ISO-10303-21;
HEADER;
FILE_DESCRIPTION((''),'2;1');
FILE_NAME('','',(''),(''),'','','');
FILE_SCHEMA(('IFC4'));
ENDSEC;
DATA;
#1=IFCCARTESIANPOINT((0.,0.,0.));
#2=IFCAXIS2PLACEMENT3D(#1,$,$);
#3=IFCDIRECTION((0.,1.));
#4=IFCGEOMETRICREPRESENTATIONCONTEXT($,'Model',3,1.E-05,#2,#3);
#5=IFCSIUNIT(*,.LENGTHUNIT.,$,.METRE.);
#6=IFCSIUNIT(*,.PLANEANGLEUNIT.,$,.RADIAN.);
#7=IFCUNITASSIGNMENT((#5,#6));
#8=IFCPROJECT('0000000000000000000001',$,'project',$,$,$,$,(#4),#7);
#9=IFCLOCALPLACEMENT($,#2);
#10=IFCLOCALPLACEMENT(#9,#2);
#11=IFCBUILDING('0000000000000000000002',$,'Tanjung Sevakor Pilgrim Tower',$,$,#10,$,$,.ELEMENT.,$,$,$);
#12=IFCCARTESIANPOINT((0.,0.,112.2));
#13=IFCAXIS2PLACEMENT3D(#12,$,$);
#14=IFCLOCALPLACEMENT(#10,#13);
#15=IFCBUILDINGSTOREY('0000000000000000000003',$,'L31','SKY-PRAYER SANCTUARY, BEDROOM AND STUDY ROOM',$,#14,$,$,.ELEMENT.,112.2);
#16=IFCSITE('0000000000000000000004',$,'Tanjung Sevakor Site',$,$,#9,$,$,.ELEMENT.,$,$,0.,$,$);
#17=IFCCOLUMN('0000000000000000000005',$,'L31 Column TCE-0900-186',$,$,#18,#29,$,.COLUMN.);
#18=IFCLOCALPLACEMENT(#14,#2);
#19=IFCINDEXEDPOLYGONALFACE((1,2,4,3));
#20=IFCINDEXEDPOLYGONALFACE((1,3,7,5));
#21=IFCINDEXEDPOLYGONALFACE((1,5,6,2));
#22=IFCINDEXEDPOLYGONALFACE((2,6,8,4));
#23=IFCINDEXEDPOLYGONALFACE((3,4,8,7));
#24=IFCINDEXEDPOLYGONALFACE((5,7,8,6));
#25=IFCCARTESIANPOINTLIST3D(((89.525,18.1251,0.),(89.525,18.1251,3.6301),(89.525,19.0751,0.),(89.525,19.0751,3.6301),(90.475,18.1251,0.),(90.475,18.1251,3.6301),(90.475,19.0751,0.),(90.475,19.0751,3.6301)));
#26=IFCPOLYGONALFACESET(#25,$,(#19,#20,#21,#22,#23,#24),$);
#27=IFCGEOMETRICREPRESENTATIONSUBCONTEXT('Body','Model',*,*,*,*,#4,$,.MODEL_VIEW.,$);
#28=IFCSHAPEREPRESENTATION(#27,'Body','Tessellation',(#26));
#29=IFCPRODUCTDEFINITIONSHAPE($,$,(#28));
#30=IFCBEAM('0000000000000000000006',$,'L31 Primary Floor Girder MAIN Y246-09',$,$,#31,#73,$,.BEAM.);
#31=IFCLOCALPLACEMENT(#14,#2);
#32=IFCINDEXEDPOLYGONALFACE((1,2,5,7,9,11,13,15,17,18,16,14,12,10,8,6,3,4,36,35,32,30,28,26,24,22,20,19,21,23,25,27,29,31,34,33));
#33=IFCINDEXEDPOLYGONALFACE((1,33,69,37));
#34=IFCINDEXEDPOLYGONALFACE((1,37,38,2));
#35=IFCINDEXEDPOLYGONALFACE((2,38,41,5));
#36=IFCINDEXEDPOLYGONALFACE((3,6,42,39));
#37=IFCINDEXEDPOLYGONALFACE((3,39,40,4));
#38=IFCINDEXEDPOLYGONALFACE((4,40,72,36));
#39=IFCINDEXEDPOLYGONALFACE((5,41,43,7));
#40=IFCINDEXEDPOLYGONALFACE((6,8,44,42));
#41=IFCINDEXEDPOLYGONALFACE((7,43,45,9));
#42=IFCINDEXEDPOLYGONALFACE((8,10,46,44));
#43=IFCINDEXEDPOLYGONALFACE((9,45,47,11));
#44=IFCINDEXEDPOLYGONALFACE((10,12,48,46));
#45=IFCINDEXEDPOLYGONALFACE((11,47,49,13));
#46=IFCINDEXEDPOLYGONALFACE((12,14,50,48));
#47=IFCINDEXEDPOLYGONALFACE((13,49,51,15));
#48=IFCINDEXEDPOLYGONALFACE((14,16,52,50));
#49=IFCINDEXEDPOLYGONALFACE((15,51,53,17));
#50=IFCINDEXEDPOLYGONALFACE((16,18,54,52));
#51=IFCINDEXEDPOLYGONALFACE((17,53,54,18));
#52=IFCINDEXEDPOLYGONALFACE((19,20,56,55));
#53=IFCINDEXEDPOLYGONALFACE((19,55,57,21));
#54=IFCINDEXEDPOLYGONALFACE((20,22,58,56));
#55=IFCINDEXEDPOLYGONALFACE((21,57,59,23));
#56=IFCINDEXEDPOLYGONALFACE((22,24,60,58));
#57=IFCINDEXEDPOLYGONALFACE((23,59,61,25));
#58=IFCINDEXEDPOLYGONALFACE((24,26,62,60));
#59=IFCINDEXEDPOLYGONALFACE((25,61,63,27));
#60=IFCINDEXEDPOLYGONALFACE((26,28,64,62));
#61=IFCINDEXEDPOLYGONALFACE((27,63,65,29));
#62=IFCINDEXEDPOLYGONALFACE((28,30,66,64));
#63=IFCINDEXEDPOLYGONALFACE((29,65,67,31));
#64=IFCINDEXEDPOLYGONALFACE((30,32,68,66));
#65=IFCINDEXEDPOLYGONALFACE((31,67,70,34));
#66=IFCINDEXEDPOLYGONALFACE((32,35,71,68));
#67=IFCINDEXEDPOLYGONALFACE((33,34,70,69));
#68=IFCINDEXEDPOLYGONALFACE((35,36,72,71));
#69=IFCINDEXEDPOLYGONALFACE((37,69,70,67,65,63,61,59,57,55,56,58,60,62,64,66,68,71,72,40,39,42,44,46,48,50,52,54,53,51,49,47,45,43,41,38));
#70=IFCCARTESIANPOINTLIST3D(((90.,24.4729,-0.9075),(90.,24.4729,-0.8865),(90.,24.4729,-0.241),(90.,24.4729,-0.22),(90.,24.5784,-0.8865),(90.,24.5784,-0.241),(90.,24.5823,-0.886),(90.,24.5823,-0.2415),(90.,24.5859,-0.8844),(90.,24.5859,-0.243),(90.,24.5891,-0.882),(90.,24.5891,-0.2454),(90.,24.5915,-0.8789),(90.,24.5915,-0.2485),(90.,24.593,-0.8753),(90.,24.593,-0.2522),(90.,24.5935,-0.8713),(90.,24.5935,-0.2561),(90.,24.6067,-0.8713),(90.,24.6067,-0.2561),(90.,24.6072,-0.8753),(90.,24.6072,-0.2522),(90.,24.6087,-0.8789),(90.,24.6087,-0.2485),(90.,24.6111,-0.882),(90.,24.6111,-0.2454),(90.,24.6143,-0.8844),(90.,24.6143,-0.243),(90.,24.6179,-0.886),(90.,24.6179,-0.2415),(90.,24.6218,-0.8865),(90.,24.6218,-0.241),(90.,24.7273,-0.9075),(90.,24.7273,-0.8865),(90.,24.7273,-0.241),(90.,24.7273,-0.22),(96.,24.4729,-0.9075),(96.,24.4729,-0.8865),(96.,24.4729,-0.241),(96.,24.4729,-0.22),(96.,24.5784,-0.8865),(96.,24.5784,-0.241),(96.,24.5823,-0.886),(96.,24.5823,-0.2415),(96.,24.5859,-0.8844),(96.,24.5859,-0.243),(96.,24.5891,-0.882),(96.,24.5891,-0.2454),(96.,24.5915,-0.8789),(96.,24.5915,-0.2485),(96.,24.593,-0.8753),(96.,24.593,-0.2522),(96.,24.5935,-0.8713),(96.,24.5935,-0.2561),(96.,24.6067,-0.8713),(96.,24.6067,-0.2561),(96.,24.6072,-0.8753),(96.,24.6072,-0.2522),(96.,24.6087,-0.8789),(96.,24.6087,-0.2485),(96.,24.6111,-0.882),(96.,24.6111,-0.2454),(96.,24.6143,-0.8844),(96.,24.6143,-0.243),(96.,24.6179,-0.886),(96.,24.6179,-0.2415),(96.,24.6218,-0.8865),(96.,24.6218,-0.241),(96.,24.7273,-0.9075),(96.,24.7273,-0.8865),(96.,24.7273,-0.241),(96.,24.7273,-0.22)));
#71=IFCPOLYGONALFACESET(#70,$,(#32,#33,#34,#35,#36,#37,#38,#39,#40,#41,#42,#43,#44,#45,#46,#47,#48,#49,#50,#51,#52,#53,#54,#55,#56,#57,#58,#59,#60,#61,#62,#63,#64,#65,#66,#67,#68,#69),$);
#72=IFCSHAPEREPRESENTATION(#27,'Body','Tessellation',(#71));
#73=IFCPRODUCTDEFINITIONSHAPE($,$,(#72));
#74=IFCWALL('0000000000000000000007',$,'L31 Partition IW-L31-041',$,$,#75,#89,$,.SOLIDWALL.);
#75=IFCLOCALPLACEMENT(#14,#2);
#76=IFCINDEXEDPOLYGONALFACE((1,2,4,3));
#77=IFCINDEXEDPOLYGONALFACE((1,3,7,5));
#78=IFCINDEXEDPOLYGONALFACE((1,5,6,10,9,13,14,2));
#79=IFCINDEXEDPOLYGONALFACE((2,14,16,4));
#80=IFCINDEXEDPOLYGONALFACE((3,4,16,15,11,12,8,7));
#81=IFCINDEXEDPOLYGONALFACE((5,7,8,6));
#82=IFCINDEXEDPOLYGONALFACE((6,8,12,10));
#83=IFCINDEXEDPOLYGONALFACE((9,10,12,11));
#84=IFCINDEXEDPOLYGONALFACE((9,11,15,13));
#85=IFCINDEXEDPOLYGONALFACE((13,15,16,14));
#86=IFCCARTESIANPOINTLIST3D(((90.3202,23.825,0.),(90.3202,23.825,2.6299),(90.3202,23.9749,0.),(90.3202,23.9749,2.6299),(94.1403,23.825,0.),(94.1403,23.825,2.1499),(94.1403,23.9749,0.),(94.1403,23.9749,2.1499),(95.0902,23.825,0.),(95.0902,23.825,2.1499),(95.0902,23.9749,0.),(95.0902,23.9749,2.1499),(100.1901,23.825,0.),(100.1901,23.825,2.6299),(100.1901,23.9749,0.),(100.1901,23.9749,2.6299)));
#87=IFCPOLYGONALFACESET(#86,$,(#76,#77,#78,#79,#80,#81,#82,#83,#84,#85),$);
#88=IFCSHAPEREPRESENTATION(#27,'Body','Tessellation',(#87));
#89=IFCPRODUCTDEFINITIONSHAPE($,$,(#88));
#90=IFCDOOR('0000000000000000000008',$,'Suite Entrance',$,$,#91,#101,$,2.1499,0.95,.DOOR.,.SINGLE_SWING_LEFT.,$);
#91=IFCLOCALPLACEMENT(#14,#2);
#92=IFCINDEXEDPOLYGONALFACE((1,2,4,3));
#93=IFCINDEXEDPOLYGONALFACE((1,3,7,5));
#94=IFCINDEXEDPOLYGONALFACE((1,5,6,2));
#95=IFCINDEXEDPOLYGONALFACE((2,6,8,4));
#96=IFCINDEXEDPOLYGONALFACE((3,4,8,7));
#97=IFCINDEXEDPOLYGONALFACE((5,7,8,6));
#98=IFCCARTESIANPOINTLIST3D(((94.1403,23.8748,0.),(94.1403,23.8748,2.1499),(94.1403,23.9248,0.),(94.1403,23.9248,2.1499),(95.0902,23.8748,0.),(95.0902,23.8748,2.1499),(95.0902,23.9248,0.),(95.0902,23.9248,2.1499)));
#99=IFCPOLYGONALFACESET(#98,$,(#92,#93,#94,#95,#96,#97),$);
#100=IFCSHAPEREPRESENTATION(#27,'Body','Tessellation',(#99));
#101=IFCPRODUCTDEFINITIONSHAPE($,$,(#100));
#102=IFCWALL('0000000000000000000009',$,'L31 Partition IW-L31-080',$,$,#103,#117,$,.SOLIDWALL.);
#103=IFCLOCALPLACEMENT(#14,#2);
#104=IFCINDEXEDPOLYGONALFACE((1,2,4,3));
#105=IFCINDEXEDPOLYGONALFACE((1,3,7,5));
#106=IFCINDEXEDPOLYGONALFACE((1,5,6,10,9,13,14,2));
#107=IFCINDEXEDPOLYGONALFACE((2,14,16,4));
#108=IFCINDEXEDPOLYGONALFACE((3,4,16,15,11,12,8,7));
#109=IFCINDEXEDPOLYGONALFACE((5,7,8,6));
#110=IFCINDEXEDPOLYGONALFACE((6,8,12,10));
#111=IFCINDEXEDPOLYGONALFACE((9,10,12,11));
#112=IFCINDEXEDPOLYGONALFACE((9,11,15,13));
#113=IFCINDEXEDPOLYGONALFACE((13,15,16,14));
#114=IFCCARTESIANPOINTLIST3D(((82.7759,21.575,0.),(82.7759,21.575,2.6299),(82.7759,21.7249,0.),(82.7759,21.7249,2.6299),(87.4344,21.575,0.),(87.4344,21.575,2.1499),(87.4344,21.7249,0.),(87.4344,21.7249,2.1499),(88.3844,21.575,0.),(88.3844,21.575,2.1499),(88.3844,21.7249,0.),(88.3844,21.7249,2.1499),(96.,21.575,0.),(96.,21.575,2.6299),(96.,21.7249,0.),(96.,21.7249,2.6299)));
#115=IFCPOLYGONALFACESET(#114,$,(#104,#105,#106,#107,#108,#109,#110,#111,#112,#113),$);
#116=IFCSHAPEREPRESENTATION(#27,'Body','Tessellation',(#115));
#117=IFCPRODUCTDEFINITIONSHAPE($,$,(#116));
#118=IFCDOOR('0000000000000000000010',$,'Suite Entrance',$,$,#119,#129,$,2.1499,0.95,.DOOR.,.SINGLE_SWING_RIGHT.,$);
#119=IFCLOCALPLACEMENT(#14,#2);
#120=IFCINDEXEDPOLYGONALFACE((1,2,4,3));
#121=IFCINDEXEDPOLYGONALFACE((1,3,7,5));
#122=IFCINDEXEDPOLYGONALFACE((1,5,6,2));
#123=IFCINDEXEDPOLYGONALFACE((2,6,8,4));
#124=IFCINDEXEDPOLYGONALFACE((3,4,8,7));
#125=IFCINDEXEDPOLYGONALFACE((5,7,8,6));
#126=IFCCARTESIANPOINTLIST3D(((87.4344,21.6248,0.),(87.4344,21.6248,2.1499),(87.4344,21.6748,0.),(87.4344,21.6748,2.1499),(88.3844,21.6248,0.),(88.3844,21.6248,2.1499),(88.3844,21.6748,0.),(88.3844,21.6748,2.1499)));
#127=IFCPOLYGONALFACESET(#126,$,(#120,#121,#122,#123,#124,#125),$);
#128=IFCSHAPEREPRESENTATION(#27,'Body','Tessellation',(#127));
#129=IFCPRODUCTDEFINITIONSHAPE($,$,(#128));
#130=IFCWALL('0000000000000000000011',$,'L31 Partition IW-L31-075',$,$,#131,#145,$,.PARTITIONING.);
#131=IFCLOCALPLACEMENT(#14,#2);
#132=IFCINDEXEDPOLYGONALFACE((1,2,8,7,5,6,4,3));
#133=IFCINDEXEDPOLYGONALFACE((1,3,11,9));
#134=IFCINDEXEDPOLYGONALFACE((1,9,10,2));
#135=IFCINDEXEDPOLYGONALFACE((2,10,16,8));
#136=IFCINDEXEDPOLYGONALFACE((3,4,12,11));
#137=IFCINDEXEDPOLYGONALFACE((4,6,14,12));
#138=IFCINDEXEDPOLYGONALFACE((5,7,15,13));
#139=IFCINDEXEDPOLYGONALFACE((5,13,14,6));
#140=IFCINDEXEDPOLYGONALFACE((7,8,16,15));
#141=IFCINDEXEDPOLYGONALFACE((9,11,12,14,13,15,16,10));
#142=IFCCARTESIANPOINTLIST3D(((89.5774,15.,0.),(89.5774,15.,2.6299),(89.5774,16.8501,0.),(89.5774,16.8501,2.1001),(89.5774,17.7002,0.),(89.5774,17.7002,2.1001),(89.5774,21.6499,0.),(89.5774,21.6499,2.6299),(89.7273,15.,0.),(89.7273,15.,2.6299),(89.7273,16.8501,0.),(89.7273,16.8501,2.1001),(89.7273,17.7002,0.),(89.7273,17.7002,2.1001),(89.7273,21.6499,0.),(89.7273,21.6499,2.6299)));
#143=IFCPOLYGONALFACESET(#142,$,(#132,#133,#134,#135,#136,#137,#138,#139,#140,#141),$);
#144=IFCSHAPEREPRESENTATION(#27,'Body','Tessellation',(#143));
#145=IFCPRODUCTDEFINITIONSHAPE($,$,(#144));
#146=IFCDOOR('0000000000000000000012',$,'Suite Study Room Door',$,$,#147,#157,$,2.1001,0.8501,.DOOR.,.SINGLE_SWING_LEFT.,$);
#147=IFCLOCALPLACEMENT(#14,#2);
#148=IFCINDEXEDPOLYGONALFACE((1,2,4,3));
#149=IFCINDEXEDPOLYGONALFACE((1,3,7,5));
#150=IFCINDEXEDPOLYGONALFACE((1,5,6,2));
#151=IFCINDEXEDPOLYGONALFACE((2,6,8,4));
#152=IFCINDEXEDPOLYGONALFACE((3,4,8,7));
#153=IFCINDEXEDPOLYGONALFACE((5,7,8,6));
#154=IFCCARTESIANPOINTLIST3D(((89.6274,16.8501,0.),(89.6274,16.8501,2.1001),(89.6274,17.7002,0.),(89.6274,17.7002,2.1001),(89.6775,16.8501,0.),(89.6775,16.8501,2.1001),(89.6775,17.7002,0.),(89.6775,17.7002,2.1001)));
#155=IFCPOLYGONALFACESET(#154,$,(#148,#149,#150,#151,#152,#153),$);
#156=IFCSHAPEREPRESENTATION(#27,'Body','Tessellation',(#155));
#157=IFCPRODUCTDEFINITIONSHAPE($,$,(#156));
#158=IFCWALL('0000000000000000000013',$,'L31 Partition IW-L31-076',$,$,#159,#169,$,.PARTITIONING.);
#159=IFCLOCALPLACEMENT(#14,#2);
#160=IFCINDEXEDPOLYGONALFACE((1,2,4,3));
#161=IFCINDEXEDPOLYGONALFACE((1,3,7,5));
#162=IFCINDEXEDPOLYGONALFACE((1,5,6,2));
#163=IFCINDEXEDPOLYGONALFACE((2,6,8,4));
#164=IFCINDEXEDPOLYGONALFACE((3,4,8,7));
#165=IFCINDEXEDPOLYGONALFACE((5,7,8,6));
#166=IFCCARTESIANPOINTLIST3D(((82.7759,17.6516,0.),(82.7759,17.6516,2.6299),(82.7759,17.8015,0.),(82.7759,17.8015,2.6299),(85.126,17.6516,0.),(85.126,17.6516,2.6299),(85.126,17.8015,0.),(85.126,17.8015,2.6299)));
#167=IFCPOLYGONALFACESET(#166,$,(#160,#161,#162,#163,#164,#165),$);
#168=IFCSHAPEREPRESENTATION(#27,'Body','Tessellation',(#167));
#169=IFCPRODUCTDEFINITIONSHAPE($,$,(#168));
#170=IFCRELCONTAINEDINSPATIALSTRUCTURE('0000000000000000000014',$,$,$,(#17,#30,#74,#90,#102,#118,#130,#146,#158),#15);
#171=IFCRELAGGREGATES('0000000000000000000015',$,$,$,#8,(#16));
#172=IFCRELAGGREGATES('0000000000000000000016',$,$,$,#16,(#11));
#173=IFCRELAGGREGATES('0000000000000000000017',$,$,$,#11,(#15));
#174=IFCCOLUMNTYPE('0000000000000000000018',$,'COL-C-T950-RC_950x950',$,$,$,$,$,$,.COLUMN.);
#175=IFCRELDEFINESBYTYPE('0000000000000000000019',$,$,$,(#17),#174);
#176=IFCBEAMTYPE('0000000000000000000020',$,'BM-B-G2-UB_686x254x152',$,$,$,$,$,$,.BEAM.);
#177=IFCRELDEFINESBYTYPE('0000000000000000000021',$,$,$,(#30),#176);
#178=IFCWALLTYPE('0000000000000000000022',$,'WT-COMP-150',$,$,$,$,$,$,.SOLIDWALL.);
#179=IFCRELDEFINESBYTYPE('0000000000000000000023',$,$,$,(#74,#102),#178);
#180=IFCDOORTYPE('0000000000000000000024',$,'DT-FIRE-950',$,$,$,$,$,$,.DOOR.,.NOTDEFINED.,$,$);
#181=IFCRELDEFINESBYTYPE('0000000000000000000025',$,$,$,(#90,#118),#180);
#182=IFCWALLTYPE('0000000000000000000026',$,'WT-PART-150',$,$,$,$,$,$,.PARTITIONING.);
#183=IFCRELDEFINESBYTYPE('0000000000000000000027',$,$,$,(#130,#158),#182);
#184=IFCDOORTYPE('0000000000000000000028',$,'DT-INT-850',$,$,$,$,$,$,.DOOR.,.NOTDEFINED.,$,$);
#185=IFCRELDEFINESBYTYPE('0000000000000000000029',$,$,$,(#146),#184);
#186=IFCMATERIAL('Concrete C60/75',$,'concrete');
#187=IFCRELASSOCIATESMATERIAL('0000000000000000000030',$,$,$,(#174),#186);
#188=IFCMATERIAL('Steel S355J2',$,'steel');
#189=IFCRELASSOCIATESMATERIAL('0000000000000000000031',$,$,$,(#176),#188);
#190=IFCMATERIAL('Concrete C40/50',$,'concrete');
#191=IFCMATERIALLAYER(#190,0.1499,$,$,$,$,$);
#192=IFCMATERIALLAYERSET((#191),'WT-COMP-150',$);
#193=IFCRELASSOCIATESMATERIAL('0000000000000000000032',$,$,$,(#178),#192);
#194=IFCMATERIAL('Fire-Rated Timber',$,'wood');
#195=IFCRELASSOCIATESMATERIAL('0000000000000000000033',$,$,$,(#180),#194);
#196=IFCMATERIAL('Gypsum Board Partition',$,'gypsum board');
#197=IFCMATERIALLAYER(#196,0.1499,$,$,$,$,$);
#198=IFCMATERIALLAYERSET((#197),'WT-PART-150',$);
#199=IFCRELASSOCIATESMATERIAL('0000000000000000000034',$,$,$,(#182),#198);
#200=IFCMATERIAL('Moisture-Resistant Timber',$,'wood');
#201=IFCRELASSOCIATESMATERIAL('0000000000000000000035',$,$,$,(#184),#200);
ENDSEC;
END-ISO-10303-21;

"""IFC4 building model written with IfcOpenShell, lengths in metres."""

from ifc_helpers import new_model, si_unit, direction, frame, frame_2d, origin, origin_2d, place, context, subcontext, project, spatial, rectangle, i_section, extrude, material, layer, layer_set, material_profile, profile_set, type_object, element, fill, save


model = new_model("IFC4")

# Units and contexts
model_context = context("Model", 3, precision=1e-05, world=origin(), true_north=direction((0.0, 1.0)))
body_context = subcontext(model_context, "Body", "Model", "MODEL_VIEW")
ifc_project = project(units=[si_unit("LENGTHUNIT", "METRE"), si_unit("PLANEANGLEUNIT", "RADIAN")], contexts=[model_context])

# Site, building, storey
site_placement = place(None, origin())
site = spatial("IfcSite", under=ifc_project, at=site_placement, Name="Tanjung Sevakor Site", CompositionType="ELEMENT", RefElevation=0.0)
building_placement = place(site_placement, origin())
building = spatial("IfcBuilding", under=site, at=building_placement, Name="Tanjung Sevakor Pilgrim Tower", CompositionType="ELEMENT")
storey_placement = place(building_placement, frame((0.0, 0.0, 112.2)))
storey = spatial("IfcBuildingStorey", under=building, at=storey_placement, Name="L31", Description="SKY-PRAYER SANCTUARY, BEDROOM AND STUDY ROOM", CompositionType="ELEMENT", Elevation=112.2)

# Column
ifc_material_1 = material(Name="Concrete C60/75", Category="concrete")
ifc_material_profile_1 = material_profile(ifc_material_1, rectangle(XDim=0.95, YDim=0.95, at=origin_2d()))
ifc_profile_set_1 = profile_set([ifc_material_profile_1], Name="Concrete C60/75")
column_type = type_object("IfcColumnType", Name="COL-C-T950-RC_950x950", PredefinedType="COLUMN", material=ifc_profile_set_1)
column_placement = place(storey_placement, frame((90.0, 18.6001, 0.0), z_axis=(0.0, 0.0, 1.0), x_axis=(1.0, 0.0, 0.0)))
element("IfcColumn", 1, at=column_placement, inside=storey, type_object=column_type, Name="L31 Column TCE-0900-186", PredefinedType="COLUMN", context=body_context, shape_type="SweptSolid", body=[
    extrude(rectangle(XDim=0.95, YDim=0.95, at=origin_2d()), origin(), (0.0, 0.0, 1.0), 3.6301),
])

# Beam
ifc_material_2 = material(Name="Steel S355J2", Category="steel")
ifc_material_profile_2 = material_profile(ifc_material_2, i_section(OverallWidth=0.2544, OverallDepth=0.6875, WebThickness=0.0132, FlangeThickness=0.021, FilletRadius=0.0151, at=origin_2d()))
ifc_profile_set_2 = profile_set([ifc_material_profile_2], Name="Steel S355J2")
beam_type = type_object("IfcBeamType", Name="BM-B-G2-UB_686x254x152", PredefinedType="BEAM", material=ifc_profile_set_2)
beam_placement = place(storey_placement, frame((90.0, 24.6001, -0.5637), z_axis=(1.0, 0.0, 0.0), x_axis=(0.0, 1.0, 0.0)))
element("IfcBeam", 2, at=beam_placement, inside=storey, type_object=beam_type, Name="L31 Primary Floor Girder MAIN Y246-09", PredefinedType="BEAM", context=body_context, shape_type="SweptSolid", body=[
    extrude(i_section(OverallWidth=0.2544, OverallDepth=0.6875, WebThickness=0.0132, FlangeThickness=0.021, FilletRadius=0.0151, at=origin_2d()), origin(), (0.0, 0.0, 1.0), 6.0),
])

# Walls, openings, doors
ifc_material_3 = material(Name="Concrete C40/50", Category="concrete")
ifc_layer_1 = layer(ifc_material_3, 0.1499)
ifc_layer_set_1 = layer_set([ifc_layer_1], Name="WT-COMP-150")
wall_type_1 = type_object("IfcWallType", Name="WT-COMP-150", PredefinedType="SOLIDWALL", material=ifc_layer_set_1)
wall_1_placement = place(storey_placement, frame((90.3201, 23.8999, 0.0), z_axis=(0.0, 0.0, 1.0), x_axis=(1.0, 0.0, 0.0)))
wall_1 = element("IfcWall", 3, at=wall_1_placement, inside=storey, type_object=wall_type_1, Name="L31 Partition IW-L31-041", PredefinedType="SOLIDWALL", context=body_context, shape_type="SweptSolid", body=[
    extrude(rectangle(XDim=9.8699, YDim=0.1499, at=frame_2d((4.9351, 0.0))), origin(), (0.0, 0.0, 1.0), 2.6299),
])
opening_1_placement = place(wall_1_placement, frame((3.8201, 0.0, 0.0)))
opening_1 = element("IfcOpeningElement", 4, at=opening_1_placement, cuts=wall_1, PredefinedType="OPENING", context=body_context, shape_type="SweptSolid", body=[
    extrude(rectangle(XDim=0.95, YDim=2.1499, at=frame_2d((0.4751, 1.075))), frame((0.0, 0.085, 0.0), z_axis=(0.0, -1.0, 0.0), x_axis=(1.0, 0.0, 0.0)), (0.0, 0.0, 1.0), 0.1699),
])
ifc_material_4 = material(Name="Fire-Rated Timber", Category="wood")
door_type_1 = type_object("IfcDoorType", Name="DT-FIRE-950", OperationType="NOTDEFINED", PredefinedType="DOOR", material=ifc_material_4)
door_1_placement = place(opening_1_placement, origin())
door_1 = element("IfcDoor", 5, at=door_1_placement, inside=storey, type_object=door_type_1, Name="Suite Entrance", OperationType="SINGLE_SWING_LEFT", OverallHeight=2.1499, OverallWidth=0.95, PredefinedType="DOOR", context=body_context, shape_type="SweptSolid", body=[
    extrude(rectangle(XDim=0.95, YDim=2.1499, at=frame_2d((0.4751, 1.075))), frame((0.0, 0.0249, 0.0), z_axis=(0.0, -1.0, 0.0), x_axis=(1.0, 0.0, 0.0)), (0.0, 0.0, 1.0), 0.05),
])
fill(opening_1, door_1)
wall_2_placement = place(storey_placement, frame((82.7759, 21.6499, 0.0), z_axis=(0.0, 0.0, 1.0), x_axis=(1.0, 0.0, 0.0)))
wall_2 = element("IfcWall", 6, at=wall_2_placement, inside=storey, type_object=wall_type_1, Name="L31 Partition IW-L31-080", PredefinedType="SOLIDWALL", context=body_context, shape_type="SweptSolid", body=[
    extrude(rectangle(XDim=13.2241, YDim=0.1499, at=frame_2d((6.6121, 0.0))), origin(), (0.0, 0.0, 1.0), 2.6299),
])
opening_2_placement = place(wall_2_placement, frame((4.6584, 0.0, 0.0)))
opening_2 = element("IfcOpeningElement", 7, at=opening_2_placement, cuts=wall_2, PredefinedType="OPENING", context=body_context, shape_type="SweptSolid", body=[
    extrude(rectangle(XDim=0.95, YDim=2.1499, at=frame_2d((0.4751, 1.075))), frame((0.0, 0.085, 0.0), z_axis=(0.0, -1.0, 0.0), x_axis=(1.0, 0.0, 0.0)), (0.0, 0.0, 1.0), 0.1699),
])
door_2_placement = place(opening_2_placement, origin())
door_2 = element("IfcDoor", 8, at=door_2_placement, inside=storey, type_object=door_type_1, Name="Suite Entrance", OperationType="SINGLE_SWING_RIGHT", OverallHeight=2.1499, OverallWidth=0.95, PredefinedType="DOOR", context=body_context, shape_type="SweptSolid", body=[
    extrude(rectangle(XDim=0.95, YDim=2.1499, at=frame_2d((0.4751, 1.075))), frame((0.0, 0.0249, 0.0), z_axis=(0.0, -1.0, 0.0), x_axis=(1.0, 0.0, 0.0)), (0.0, 0.0, 1.0), 0.05),
])
fill(opening_2, door_2)
ifc_material_5 = material(Name="Gypsum Board Partition", Category="gypsum board")
ifc_layer_2 = layer(ifc_material_5, 0.1499)
ifc_layer_set_2 = layer_set([ifc_layer_2], Name="WT-PART-150")
wall_type_2 = type_object("IfcWallType", Name="WT-PART-150", PredefinedType="PARTITIONING", material=ifc_layer_set_2)
wall_3_placement = place(storey_placement, frame((89.6523, 15.0, 0.0), z_axis=(0.0, 0.0, 1.0), x_axis=(0.0, 1.0, 0.0)))
wall_3 = element("IfcWall", 9, at=wall_3_placement, inside=storey, type_object=wall_type_2, Name="L31 Partition IW-L31-075", PredefinedType="PARTITIONING", context=body_context, shape_type="SweptSolid", body=[
    extrude(rectangle(XDim=6.6499, YDim=0.1499, at=frame_2d((3.325, 0.0))), origin(), (0.0, 0.0, 1.0), 2.6299),
])
opening_3_placement = place(wall_3_placement, frame((1.8501, 0.0, 0.0)))
opening_3 = element("IfcOpeningElement", 10, at=opening_3_placement, cuts=wall_3, PredefinedType="OPENING", context=body_context, shape_type="SweptSolid", body=[
    extrude(rectangle(XDim=0.8501, YDim=2.1001, at=frame_2d((0.425, 1.05))), frame((0.0, 0.085, 0.0), z_axis=(0.0, -1.0, 0.0), x_axis=(1.0, 0.0, 0.0)), (0.0, 0.0, 1.0), 0.1699),
])
ifc_material_6 = material(Name="Moisture-Resistant Timber", Category="wood")
door_type_2 = type_object("IfcDoorType", Name="DT-INT-850", OperationType="NOTDEFINED", PredefinedType="DOOR", material=ifc_material_6)
door_3_placement = place(opening_3_placement, origin())
door_3 = element("IfcDoor", 11, at=door_3_placement, inside=storey, type_object=door_type_2, Name="Suite Study Room Door", OperationType="SINGLE_SWING_LEFT", OverallHeight=2.1001, OverallWidth=0.8501, PredefinedType="DOOR", context=body_context, shape_type="SweptSolid", body=[
    extrude(rectangle(XDim=0.8501, YDim=2.1001, at=frame_2d((0.425, 1.05))), frame((0.0, 0.0249, 0.0), z_axis=(0.0, -1.0, 0.0), x_axis=(1.0, 0.0, 0.0)), (0.0, 0.0, 1.0), 0.05),
])
fill(opening_3, door_3)

# Wall
wall_4_placement = place(storey_placement, frame((82.7759, 17.7266, 0.0), z_axis=(0.0, 0.0, 1.0), x_axis=(1.0, 0.0, 0.0)))
element("IfcWall", 12, at=wall_4_placement, inside=storey, type_object=wall_type_2, Name="L31 Partition IW-L31-076", PredefinedType="PARTITIONING", context=body_context, shape_type="SweptSolid", body=[
    extrude(rectangle(XDim=2.3501, YDim=0.1499, at=frame_2d((1.175, 0.0))), origin(), (0.0, 0.0, 1.0), 2.6299),
])

save(model, "model.ifc")
